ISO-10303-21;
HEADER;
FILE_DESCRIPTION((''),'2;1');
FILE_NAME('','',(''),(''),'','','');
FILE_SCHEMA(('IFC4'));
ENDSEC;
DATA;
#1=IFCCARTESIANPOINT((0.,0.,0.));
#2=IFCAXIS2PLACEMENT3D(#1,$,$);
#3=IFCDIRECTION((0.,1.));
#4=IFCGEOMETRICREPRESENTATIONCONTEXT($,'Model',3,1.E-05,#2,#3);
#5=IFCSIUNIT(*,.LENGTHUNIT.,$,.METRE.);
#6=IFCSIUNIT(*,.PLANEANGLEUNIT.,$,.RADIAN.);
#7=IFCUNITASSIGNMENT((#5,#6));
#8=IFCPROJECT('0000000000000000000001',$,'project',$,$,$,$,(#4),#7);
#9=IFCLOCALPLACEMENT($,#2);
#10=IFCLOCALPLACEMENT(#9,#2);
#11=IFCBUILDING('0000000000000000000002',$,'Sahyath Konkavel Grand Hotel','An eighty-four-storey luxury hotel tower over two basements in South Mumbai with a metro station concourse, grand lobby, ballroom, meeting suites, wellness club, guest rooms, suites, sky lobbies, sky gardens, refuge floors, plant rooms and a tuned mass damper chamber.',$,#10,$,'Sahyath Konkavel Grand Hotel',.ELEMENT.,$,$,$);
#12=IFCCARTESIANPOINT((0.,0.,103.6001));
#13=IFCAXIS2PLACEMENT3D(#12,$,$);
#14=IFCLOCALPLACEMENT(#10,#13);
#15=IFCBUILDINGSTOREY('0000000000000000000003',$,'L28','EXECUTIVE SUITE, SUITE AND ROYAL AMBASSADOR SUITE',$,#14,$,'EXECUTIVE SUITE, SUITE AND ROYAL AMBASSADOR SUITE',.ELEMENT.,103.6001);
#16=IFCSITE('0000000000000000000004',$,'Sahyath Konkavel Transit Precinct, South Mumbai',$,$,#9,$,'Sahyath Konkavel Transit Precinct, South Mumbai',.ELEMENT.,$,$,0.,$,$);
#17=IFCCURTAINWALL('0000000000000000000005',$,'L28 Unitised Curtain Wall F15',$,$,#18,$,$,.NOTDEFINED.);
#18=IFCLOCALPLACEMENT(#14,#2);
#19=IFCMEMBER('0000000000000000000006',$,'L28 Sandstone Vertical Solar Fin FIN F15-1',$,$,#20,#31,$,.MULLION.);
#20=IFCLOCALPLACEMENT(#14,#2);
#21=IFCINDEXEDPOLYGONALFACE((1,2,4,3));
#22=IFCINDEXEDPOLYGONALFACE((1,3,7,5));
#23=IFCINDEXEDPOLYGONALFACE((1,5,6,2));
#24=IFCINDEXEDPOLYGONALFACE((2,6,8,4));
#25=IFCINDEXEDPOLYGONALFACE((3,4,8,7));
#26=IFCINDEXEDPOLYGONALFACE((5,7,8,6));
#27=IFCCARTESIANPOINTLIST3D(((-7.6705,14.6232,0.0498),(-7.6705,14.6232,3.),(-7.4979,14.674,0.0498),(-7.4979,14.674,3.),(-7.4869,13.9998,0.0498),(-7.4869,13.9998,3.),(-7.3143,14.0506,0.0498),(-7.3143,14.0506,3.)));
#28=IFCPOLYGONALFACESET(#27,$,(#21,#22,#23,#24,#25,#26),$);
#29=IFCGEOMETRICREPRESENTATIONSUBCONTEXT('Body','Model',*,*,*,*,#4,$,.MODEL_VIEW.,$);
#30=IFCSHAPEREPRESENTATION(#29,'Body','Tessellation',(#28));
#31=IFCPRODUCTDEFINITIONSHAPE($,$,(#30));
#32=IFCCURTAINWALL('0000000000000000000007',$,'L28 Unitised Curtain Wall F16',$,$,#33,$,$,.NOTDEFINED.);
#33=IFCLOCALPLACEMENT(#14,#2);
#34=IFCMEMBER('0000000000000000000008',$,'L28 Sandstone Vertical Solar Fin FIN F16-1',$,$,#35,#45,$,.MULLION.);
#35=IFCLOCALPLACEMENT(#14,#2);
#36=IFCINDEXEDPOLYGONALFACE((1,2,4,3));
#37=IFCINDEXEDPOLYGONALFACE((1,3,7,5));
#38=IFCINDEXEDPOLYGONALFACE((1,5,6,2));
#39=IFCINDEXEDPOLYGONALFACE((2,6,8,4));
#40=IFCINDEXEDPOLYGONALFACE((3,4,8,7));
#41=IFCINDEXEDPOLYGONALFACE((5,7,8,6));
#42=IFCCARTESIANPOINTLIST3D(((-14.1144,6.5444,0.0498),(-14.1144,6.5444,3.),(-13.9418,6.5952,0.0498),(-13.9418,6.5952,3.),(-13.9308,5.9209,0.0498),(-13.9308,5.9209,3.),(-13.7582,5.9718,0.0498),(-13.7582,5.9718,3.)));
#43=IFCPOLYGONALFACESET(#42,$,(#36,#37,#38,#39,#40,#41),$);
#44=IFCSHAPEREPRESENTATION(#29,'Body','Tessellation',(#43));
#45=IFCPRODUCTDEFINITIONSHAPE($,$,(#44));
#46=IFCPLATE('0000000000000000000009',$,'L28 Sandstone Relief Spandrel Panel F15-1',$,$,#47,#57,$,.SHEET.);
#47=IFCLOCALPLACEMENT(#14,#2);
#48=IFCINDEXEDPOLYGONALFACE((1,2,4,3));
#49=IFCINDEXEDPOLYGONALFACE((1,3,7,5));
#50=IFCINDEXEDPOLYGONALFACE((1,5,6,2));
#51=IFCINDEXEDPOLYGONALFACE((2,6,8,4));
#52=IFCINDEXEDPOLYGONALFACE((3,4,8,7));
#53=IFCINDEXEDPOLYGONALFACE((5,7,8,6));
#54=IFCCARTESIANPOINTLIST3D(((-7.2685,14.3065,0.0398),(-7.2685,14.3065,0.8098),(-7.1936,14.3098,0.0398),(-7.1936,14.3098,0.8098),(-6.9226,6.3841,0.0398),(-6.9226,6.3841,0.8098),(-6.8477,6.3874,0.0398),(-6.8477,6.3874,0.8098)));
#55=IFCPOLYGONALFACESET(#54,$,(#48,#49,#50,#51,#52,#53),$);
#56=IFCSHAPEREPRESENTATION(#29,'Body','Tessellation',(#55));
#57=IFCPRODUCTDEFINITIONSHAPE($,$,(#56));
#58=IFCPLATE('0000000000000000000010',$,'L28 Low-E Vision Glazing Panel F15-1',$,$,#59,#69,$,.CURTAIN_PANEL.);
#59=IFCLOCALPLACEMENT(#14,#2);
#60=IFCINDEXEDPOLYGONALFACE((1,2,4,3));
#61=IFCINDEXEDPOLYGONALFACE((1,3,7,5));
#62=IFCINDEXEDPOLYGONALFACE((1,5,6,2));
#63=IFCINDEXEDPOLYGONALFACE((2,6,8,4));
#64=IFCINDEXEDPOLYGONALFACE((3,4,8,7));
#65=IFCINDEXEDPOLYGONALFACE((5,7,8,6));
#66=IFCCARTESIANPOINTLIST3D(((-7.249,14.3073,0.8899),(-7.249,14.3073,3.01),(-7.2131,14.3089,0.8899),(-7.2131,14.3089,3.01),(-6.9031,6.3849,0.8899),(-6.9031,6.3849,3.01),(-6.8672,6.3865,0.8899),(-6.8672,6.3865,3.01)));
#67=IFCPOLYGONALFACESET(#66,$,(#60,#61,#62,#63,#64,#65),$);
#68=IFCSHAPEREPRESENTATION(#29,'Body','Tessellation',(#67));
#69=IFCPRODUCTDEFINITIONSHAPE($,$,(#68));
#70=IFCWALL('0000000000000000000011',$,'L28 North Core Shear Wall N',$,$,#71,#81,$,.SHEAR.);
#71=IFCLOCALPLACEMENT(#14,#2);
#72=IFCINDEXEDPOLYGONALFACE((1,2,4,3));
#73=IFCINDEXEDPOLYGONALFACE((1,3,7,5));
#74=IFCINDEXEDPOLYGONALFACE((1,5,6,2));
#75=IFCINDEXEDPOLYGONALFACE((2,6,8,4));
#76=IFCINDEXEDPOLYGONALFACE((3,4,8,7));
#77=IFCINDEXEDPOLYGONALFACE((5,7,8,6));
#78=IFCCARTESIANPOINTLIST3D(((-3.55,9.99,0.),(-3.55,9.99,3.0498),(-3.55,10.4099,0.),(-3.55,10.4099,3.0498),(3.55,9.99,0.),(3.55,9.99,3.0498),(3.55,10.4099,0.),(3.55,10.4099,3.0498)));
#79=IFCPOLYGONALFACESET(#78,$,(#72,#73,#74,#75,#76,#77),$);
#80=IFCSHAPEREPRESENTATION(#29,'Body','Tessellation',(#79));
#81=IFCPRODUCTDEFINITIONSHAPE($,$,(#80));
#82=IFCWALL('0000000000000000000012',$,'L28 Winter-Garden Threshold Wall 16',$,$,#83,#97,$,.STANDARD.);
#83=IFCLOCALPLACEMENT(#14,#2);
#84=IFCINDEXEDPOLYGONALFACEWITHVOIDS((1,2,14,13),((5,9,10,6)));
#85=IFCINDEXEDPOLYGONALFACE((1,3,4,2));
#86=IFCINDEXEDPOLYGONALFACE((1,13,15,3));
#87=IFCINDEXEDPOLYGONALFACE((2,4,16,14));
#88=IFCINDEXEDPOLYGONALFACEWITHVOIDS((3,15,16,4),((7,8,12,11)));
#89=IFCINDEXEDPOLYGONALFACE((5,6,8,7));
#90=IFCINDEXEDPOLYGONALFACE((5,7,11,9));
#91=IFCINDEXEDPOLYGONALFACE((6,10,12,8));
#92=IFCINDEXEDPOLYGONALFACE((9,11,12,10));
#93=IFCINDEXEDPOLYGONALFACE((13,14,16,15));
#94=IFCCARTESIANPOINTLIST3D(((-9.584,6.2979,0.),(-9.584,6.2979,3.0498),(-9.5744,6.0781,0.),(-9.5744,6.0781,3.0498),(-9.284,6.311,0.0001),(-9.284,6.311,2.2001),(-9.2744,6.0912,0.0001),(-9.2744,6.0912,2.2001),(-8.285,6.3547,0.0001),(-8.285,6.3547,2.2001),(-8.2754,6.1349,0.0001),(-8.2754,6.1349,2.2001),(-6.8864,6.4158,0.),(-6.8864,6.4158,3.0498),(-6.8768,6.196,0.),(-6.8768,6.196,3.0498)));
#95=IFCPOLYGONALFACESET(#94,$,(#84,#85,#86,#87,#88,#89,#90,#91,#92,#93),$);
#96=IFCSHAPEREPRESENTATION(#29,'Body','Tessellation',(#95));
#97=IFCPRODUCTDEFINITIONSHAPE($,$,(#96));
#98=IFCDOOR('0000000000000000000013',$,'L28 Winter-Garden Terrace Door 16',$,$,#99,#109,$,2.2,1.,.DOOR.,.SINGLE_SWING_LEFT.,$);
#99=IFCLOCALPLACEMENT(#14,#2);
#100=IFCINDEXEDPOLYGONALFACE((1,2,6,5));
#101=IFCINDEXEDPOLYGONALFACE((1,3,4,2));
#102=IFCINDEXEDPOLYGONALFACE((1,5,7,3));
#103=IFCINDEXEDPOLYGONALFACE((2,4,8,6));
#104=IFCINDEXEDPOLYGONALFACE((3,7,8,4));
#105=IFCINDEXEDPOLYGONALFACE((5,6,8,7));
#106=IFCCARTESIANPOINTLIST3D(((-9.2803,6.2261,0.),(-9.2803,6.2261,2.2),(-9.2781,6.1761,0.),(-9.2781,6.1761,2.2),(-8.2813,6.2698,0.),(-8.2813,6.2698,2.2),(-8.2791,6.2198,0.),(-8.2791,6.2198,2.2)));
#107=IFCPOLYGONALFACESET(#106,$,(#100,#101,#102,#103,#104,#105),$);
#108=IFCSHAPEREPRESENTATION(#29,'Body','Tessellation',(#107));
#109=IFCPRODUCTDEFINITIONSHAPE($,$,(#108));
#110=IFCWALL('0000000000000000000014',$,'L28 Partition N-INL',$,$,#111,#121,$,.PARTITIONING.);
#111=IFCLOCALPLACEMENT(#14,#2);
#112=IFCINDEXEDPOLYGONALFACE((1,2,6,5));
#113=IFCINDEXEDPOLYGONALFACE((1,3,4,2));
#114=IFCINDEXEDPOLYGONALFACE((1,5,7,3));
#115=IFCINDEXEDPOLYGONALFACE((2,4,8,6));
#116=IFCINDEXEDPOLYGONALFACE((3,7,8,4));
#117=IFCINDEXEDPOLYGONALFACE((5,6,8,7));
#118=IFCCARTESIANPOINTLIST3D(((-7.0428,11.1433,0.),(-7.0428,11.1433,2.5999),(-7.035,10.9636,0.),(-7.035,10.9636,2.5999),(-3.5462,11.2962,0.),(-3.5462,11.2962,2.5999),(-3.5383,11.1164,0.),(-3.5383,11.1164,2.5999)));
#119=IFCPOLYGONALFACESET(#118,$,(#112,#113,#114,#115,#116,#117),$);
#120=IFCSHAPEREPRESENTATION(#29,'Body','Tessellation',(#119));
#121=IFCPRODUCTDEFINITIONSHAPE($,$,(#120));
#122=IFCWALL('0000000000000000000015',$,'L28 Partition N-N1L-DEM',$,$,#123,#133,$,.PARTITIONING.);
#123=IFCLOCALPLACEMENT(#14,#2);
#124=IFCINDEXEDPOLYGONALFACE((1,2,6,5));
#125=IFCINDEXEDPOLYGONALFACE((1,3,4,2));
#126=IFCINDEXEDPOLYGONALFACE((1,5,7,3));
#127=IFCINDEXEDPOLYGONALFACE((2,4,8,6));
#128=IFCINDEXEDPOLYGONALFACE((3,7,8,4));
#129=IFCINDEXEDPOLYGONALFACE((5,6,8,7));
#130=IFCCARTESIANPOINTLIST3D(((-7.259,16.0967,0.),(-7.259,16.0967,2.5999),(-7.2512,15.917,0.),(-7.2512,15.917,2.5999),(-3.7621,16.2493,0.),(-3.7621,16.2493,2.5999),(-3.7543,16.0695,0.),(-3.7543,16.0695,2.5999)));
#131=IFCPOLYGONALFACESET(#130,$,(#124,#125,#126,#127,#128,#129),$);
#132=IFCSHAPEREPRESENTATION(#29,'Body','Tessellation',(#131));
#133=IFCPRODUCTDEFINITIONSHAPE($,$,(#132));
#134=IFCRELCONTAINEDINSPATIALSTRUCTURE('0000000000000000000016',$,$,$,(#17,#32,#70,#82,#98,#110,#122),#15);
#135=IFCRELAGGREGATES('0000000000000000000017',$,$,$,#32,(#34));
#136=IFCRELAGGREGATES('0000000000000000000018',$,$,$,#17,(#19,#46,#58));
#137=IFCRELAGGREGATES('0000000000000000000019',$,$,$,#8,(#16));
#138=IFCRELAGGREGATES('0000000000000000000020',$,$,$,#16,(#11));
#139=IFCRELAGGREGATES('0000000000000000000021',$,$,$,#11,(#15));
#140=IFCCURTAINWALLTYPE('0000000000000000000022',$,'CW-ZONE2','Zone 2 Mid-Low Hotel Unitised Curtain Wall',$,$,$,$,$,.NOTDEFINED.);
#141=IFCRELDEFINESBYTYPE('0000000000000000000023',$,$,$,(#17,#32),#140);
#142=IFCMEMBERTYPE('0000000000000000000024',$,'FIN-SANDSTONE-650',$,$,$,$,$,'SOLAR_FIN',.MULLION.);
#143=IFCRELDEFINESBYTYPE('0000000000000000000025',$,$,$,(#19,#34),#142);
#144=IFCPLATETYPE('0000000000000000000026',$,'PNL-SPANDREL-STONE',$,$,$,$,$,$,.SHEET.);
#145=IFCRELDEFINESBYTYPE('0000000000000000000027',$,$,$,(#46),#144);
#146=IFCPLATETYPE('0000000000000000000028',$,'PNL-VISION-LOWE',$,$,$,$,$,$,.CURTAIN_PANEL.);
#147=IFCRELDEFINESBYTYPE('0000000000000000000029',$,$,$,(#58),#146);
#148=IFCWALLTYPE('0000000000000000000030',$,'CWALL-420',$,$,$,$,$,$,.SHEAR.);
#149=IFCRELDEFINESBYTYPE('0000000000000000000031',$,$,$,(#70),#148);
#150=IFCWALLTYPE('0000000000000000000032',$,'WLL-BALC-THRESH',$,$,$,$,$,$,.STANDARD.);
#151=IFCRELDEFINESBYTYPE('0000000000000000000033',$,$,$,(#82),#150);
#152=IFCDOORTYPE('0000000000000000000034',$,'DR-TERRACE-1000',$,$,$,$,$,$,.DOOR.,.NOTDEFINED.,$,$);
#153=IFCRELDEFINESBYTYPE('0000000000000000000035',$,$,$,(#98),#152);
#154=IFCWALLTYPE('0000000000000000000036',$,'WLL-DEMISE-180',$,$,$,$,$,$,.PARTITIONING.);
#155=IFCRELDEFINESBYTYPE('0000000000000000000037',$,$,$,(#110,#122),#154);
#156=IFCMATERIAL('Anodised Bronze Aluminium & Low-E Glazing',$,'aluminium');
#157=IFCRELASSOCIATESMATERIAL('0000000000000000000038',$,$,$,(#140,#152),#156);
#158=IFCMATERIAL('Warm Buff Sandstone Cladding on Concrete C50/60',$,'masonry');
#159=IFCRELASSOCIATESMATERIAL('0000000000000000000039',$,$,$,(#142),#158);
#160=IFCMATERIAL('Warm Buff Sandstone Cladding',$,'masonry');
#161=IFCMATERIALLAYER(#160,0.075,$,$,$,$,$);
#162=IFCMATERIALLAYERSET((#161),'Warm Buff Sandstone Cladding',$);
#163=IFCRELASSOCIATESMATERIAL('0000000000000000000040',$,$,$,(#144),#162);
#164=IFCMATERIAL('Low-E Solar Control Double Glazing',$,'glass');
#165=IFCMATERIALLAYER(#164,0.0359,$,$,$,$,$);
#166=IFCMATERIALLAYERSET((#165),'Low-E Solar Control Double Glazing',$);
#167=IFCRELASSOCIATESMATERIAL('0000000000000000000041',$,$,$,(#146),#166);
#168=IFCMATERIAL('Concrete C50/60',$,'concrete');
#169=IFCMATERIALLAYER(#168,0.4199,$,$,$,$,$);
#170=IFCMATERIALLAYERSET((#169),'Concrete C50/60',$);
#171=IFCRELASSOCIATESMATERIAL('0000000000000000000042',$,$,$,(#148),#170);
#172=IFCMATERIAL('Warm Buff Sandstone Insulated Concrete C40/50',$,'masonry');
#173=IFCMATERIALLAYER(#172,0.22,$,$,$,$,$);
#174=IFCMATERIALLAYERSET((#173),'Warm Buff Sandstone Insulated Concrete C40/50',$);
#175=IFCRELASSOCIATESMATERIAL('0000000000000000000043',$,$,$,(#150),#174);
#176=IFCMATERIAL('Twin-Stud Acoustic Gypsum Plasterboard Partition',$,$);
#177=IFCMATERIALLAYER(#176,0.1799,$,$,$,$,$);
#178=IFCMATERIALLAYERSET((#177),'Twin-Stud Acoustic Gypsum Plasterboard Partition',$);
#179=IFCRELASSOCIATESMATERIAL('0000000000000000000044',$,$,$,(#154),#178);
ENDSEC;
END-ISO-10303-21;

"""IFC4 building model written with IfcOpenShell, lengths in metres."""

from ifc_helpers import new_model, si_unit, direction, frame, frame_2d, origin, origin_2d, place, context, subcontext, project, spatial, rectangle, extrude, source, transform, mapped, material, layer, layer_set, material_profile, profile_set, type_object, element, fill, aggregate, save


model = new_model("IFC4")

# Units and contexts
model_context = context("Model", 3, precision=1e-05, world=origin(), true_north=direction((0.0, 1.0)))
body_context = subcontext(model_context, "Body", "Model", "MODEL_VIEW")
ifc_project = project(units=[si_unit("LENGTHUNIT", "METRE"), si_unit("PLANEANGLEUNIT", "RADIAN")], contexts=[model_context])

# Site, building, storey
site_placement = place(None, origin())
site = spatial("IfcSite", under=ifc_project, at=site_placement, Name="Sahyath Konkavel Transit Precinct, South Mumbai", LongName="Sahyath Konkavel Transit Precinct, South Mumbai", CompositionType="ELEMENT", RefElevation=0.0)
building_placement = place(site_placement, origin())
building = spatial("IfcBuilding", under=site, at=building_placement, Name="Sahyath Konkavel Grand Hotel", Description="An eighty-four-storey luxury hotel tower over two basements in South Mumbai with a metro station concourse, grand lobby, ballroom, meeting suites, wellness club, guest rooms, suites, sky lobbies, sky gardens, refuge floors, plant rooms and a tuned mass damper chamber.", LongName="Sahyath Konkavel Grand Hotel", CompositionType="ELEMENT")
storey_placement = place(building_placement, frame((0.0, 0.0, 103.6001)))
storey = spatial("IfcBuildingStorey", under=building, at=storey_placement, Name="L28", Description="EXECUTIVE SUITE, SUITE AND ROYAL AMBASSADOR SUITE", LongName="EXECUTIVE SUITE, SUITE AND ROYAL AMBASSADOR SUITE", CompositionType="ELEMENT", Elevation=103.6001)

# Curtain wall
ifc_material_1 = material(Name="Anodised Bronze Aluminium & Low-E Glazing", Category="aluminium")
curtain_wall_type = type_object("IfcCurtainWallType", Name="CW-ZONE2", Description="Zone 2 Mid-Low Hotel Unitised Curtain Wall", PredefinedType="NOTDEFINED", material=ifc_material_1)
curtain_wall_1_placement = place(storey_placement, origin())
curtain_wall_1 = element("IfcCurtainWall", 1, at=curtain_wall_1_placement, inside=storey, type_object=curtain_wall_type, Name="L28 Unitised Curtain Wall F15", PredefinedType="NOTDEFINED")

# Member
ifc_material_2 = material(Name="Warm Buff Sandstone Cladding on Concrete C50/60", Category="masonry")
ifc_material_profile_1 = material_profile(ifc_material_2, rectangle(XDim=0.1799, YDim=0.6499, at=origin_2d()), Name="FIN 180x650")
ifc_profile_set_1 = profile_set([ifc_material_profile_1], Name="Warm Buff Sandstone Cladding on Concrete C50/60")
member_type_1 = type_object("IfcMemberType", Name="FIN-SANDSTONE-650", ElementType="SOLAR_FIN", PredefinedType="MULLION", material=ifc_profile_set_1)
shared_shape_1 = source(origin(), body_context, "Body", "SweptSolid", [
    extrude(rectangle(XDim=0.1799, YDim=0.6499, at=origin_2d()), origin(), (0.0, 0.0, 1.0), 2.9502),
])
member_1_placement = place(storey_placement, frame((-7.4924, 14.3369, 0.0498), z_axis=(0.0, 0.0, 1.0), x_axis=(0.959265, 0.282509, 0.0)))
member_1 = element("IfcMember", 2, at=member_1_placement, type_object=member_type_1, Name="L28 Sandstone Vertical Solar Fin FIN F15-1", PredefinedType="MULLION", context=body_context, shape_type="MappedRepresentation", body=[
    mapped(shared_shape_1, transform((0.0, 0.0, 0.0), scale=1.0)),
])

# Curtain wall, member
curtain_wall_2_placement = place(storey_placement, origin())
curtain_wall_2 = element("IfcCurtainWall", 3, at=curtain_wall_2_placement, inside=storey, type_object=curtain_wall_type, Name="L28 Unitised Curtain Wall F16", PredefinedType="NOTDEFINED")
member_2_placement = place(storey_placement, frame((-13.9363, 6.2581, 0.0498), z_axis=(0.0, 0.0, 1.0), x_axis=(0.959265, 0.282509, 0.0)))
member_2 = element("IfcMember", 4, at=member_2_placement, type_object=member_type_1, Name="L28 Sandstone Vertical Solar Fin FIN F16-1", PredefinedType="MULLION", context=body_context, shape_type="MappedRepresentation", body=[
    mapped(shared_shape_1, transform((0.0, 0.0, 0.0), scale=1.0)),
])
aggregate(curtain_wall_2, [member_2])

# Plates
ifc_material_3 = material(Name="Warm Buff Sandstone Cladding", Category="masonry")
ifc_layer_1 = layer(ifc_material_3, 0.075)
ifc_layer_set_1 = layer_set([ifc_layer_1], Name="Warm Buff Sandstone Cladding")
plate_type_1 = type_object("IfcPlateType", Name="PNL-SPANDREL-STONE", PredefinedType="SHEET", material=ifc_layer_set_1)
shared_shape_2 = source(origin(), body_context, "Body", "SweptSolid", [
    extrude(rectangle(XDim=7.9299, YDim=0.075, at=origin_2d()), origin(), (0.0, 0.0, 1.0), 0.77),
])
plate_1_placement = place(storey_placement, frame((-7.0581, 10.3469, 0.0398), z_axis=(0.0, 0.0, 1.0), x_axis=(0.043619, -0.999048, 0.0)))
plate_1 = element("IfcPlate", 5, at=plate_1_placement, type_object=plate_type_1, Name="L28 Sandstone Relief Spandrel Panel F15-1", PredefinedType="SHEET", context=body_context, shape_type="MappedRepresentation", body=[
    mapped(shared_shape_2, transform((0.0, 0.0, 0.0), scale=1.0)),
])
ifc_material_4 = material(Name="Low-E Solar Control Double Glazing", Category="glass")
ifc_layer_2 = layer(ifc_material_4, 0.0359)
ifc_layer_set_2 = layer_set([ifc_layer_2], Name="Low-E Solar Control Double Glazing")
plate_type_2 = type_object("IfcPlateType", Name="PNL-VISION-LOWE", PredefinedType="CURTAIN_PANEL", material=ifc_layer_set_2)
shared_shape_3 = source(origin(), body_context, "Body", "SweptSolid", [
    extrude(rectangle(XDim=7.9299, YDim=0.0359, at=origin_2d()), origin(), (0.0, 0.0, 1.0), 2.1201),
])
plate_2_placement = place(storey_placement, frame((-7.0581, 10.3469, 0.8899), z_axis=(0.0, 0.0, 1.0), x_axis=(0.043619, -0.999048, 0.0)))
plate_2 = element("IfcPlate", 6, at=plate_2_placement, type_object=plate_type_2, Name="L28 Low-E Vision Glazing Panel F15-1", PredefinedType="CURTAIN_PANEL", context=body_context, shape_type="MappedRepresentation", body=[
    mapped(shared_shape_3, transform((0.0, 0.0, 0.0), scale=1.0)),
])
aggregate(curtain_wall_1, [member_1, plate_1, plate_2])

# Wall
ifc_material_5 = material(Name="Concrete C50/60", Category="concrete")
ifc_layer_3 = layer(ifc_material_5, 0.4199)
ifc_layer_set_3 = layer_set([ifc_layer_3], Name="Concrete C50/60")
wall_type_1 = type_object("IfcWallType", Name="CWALL-420", PredefinedType="SHEAR", material=ifc_layer_set_3)
wall_1_placement = place(storey_placement, frame((-3.55, 10.2, 0.0), z_axis=(0.0, 0.0, 1.0), x_axis=(1.0, 0.0, 0.0)))
element("IfcWall", 7, at=wall_1_placement, inside=storey, type_object=wall_type_1, Name="L28 North Core Shear Wall N", PredefinedType="SHEAR", context=body_context, shape_type="SweptSolid", body=[
    extrude(rectangle(XDim=7.1001, YDim=0.4199, at=frame_2d((3.55, 0.0))), origin(), (0.0, 0.0, 1.0), 3.0498),
])

# Wall, opening, door
ifc_material_6 = material(Name="Warm Buff Sandstone Insulated Concrete C40/50", Category="masonry")
ifc_layer_4 = layer(ifc_material_6, 0.22)
ifc_layer_set_4 = layer_set([ifc_layer_4], Name="Warm Buff Sandstone Insulated Concrete C40/50")
wall_type_2 = type_object("IfcWallType", Name="WLL-BALC-THRESH", PredefinedType="STANDARD", material=ifc_layer_set_4)
wall_2_placement = place(storey_placement, frame((-6.8816, 6.3059, 0.0), z_axis=(0.0, 0.0, 1.0), x_axis=(-0.999046, -0.043673, 0.0)))
wall_2 = element("IfcWall", 8, at=wall_2_placement, inside=storey, type_object=wall_type_2, Name="L28 Winter-Garden Threshold Wall 16", PredefinedType="STANDARD", context=body_context, shape_type="SweptSolid", body=[
    extrude(rectangle(XDim=2.7002, YDim=0.22, at=frame_2d((1.3501, 0.0))), origin(), (0.0, 0.0, 1.0), 3.0498),
])
opening_1_placement = place(wall_2_placement, frame((1.3999, 0.0, 0.0)))
opening_1 = element("IfcOpeningElement", 9, at=opening_1_placement, cuts=wall_2, PredefinedType="OPENING", context=body_context, shape_type="SweptSolid", body=[
    extrude(rectangle(XDim=1.0, YDim=2.2, at=frame_2d((0.5, 1.1001))), frame((0.0, 0.1201, 0.0), z_axis=(0.0, -1.0, 0.0), x_axis=(1.0, 0.0, 0.0)), (0.0, 0.0, 1.0), 0.24),
])
door_type_1 = type_object("IfcDoorType", Name="DR-TERRACE-1000", OperationType="NOTDEFINED", PredefinedType="DOOR", material=ifc_material_1)
shared_shape_4 = source(origin(), body_context, "Body", "SweptSolid", [
    extrude(rectangle(XDim=1.0, YDim=0.05, at=origin_2d()), origin(), (0.0, 0.0, 1.0), 2.2),
])
door_1_placement = place(opening_1_placement, frame((0.5, 0.0, 0.0)))
door_1 = element("IfcDoor", 10, at=door_1_placement, inside=storey, type_object=door_type_1, Name="L28 Winter-Garden Terrace Door 16", OperationType="SINGLE_SWING_LEFT", OverallHeight=2.2, OverallWidth=1.0, PredefinedType="DOOR", context=body_context, shape_type="MappedRepresentation", body=[
    mapped(shared_shape_4, transform((0.0, 0.0, 0.0), scale=1.0)),
])
fill(opening_1, door_1)

# Walls
ifc_material_7 = material(Name="Twin-Stud Acoustic Gypsum Plasterboard Partition")
ifc_layer_5 = layer(ifc_material_7, 0.1799)
ifc_layer_set_5 = layer_set([ifc_layer_5], Name="Twin-Stud Acoustic Gypsum Plasterboard Partition")
wall_type_3 = type_object("IfcWallType", Name="WLL-DEMISE-180", PredefinedType="PARTITIONING", material=ifc_layer_set_5)
wall_3_placement = place(storey_placement, frame((-3.5422, 11.2063, 0.0), z_axis=(0.0, 0.0, 1.0), x_axis=(-0.999046, -0.043667, 0.0)))
element("IfcWall", 11, at=wall_3_placement, inside=storey, type_object=wall_type_3, Name="L28 Partition N-INL", PredefinedType="PARTITIONING", context=body_context, shape_type="SweptSolid", body=[
    extrude(rectangle(XDim=3.5, YDim=0.1799, at=frame_2d((1.75, 0.0))), origin(), (0.0, 0.0, 1.0), 2.5999),
])
wall_4_placement = place(storey_placement, frame((-3.7583, 16.1594, 0.0), z_axis=(0.0, 0.0, 1.0), x_axis=(-0.999049, -0.043595, 0.0)))
element("IfcWall", 12, at=wall_4_placement, inside=storey, type_object=wall_type_3, Name="L28 Partition N-N1L-DEM", PredefinedType="PARTITIONING", context=body_context, shape_type="SweptSolid", body=[
    extrude(rectangle(XDim=3.5002, YDim=0.1799, at=frame_2d((1.75, 0.0))), origin(), (0.0, 0.0, 1.0), 2.5999),
])

save(model, "model.ifc")
